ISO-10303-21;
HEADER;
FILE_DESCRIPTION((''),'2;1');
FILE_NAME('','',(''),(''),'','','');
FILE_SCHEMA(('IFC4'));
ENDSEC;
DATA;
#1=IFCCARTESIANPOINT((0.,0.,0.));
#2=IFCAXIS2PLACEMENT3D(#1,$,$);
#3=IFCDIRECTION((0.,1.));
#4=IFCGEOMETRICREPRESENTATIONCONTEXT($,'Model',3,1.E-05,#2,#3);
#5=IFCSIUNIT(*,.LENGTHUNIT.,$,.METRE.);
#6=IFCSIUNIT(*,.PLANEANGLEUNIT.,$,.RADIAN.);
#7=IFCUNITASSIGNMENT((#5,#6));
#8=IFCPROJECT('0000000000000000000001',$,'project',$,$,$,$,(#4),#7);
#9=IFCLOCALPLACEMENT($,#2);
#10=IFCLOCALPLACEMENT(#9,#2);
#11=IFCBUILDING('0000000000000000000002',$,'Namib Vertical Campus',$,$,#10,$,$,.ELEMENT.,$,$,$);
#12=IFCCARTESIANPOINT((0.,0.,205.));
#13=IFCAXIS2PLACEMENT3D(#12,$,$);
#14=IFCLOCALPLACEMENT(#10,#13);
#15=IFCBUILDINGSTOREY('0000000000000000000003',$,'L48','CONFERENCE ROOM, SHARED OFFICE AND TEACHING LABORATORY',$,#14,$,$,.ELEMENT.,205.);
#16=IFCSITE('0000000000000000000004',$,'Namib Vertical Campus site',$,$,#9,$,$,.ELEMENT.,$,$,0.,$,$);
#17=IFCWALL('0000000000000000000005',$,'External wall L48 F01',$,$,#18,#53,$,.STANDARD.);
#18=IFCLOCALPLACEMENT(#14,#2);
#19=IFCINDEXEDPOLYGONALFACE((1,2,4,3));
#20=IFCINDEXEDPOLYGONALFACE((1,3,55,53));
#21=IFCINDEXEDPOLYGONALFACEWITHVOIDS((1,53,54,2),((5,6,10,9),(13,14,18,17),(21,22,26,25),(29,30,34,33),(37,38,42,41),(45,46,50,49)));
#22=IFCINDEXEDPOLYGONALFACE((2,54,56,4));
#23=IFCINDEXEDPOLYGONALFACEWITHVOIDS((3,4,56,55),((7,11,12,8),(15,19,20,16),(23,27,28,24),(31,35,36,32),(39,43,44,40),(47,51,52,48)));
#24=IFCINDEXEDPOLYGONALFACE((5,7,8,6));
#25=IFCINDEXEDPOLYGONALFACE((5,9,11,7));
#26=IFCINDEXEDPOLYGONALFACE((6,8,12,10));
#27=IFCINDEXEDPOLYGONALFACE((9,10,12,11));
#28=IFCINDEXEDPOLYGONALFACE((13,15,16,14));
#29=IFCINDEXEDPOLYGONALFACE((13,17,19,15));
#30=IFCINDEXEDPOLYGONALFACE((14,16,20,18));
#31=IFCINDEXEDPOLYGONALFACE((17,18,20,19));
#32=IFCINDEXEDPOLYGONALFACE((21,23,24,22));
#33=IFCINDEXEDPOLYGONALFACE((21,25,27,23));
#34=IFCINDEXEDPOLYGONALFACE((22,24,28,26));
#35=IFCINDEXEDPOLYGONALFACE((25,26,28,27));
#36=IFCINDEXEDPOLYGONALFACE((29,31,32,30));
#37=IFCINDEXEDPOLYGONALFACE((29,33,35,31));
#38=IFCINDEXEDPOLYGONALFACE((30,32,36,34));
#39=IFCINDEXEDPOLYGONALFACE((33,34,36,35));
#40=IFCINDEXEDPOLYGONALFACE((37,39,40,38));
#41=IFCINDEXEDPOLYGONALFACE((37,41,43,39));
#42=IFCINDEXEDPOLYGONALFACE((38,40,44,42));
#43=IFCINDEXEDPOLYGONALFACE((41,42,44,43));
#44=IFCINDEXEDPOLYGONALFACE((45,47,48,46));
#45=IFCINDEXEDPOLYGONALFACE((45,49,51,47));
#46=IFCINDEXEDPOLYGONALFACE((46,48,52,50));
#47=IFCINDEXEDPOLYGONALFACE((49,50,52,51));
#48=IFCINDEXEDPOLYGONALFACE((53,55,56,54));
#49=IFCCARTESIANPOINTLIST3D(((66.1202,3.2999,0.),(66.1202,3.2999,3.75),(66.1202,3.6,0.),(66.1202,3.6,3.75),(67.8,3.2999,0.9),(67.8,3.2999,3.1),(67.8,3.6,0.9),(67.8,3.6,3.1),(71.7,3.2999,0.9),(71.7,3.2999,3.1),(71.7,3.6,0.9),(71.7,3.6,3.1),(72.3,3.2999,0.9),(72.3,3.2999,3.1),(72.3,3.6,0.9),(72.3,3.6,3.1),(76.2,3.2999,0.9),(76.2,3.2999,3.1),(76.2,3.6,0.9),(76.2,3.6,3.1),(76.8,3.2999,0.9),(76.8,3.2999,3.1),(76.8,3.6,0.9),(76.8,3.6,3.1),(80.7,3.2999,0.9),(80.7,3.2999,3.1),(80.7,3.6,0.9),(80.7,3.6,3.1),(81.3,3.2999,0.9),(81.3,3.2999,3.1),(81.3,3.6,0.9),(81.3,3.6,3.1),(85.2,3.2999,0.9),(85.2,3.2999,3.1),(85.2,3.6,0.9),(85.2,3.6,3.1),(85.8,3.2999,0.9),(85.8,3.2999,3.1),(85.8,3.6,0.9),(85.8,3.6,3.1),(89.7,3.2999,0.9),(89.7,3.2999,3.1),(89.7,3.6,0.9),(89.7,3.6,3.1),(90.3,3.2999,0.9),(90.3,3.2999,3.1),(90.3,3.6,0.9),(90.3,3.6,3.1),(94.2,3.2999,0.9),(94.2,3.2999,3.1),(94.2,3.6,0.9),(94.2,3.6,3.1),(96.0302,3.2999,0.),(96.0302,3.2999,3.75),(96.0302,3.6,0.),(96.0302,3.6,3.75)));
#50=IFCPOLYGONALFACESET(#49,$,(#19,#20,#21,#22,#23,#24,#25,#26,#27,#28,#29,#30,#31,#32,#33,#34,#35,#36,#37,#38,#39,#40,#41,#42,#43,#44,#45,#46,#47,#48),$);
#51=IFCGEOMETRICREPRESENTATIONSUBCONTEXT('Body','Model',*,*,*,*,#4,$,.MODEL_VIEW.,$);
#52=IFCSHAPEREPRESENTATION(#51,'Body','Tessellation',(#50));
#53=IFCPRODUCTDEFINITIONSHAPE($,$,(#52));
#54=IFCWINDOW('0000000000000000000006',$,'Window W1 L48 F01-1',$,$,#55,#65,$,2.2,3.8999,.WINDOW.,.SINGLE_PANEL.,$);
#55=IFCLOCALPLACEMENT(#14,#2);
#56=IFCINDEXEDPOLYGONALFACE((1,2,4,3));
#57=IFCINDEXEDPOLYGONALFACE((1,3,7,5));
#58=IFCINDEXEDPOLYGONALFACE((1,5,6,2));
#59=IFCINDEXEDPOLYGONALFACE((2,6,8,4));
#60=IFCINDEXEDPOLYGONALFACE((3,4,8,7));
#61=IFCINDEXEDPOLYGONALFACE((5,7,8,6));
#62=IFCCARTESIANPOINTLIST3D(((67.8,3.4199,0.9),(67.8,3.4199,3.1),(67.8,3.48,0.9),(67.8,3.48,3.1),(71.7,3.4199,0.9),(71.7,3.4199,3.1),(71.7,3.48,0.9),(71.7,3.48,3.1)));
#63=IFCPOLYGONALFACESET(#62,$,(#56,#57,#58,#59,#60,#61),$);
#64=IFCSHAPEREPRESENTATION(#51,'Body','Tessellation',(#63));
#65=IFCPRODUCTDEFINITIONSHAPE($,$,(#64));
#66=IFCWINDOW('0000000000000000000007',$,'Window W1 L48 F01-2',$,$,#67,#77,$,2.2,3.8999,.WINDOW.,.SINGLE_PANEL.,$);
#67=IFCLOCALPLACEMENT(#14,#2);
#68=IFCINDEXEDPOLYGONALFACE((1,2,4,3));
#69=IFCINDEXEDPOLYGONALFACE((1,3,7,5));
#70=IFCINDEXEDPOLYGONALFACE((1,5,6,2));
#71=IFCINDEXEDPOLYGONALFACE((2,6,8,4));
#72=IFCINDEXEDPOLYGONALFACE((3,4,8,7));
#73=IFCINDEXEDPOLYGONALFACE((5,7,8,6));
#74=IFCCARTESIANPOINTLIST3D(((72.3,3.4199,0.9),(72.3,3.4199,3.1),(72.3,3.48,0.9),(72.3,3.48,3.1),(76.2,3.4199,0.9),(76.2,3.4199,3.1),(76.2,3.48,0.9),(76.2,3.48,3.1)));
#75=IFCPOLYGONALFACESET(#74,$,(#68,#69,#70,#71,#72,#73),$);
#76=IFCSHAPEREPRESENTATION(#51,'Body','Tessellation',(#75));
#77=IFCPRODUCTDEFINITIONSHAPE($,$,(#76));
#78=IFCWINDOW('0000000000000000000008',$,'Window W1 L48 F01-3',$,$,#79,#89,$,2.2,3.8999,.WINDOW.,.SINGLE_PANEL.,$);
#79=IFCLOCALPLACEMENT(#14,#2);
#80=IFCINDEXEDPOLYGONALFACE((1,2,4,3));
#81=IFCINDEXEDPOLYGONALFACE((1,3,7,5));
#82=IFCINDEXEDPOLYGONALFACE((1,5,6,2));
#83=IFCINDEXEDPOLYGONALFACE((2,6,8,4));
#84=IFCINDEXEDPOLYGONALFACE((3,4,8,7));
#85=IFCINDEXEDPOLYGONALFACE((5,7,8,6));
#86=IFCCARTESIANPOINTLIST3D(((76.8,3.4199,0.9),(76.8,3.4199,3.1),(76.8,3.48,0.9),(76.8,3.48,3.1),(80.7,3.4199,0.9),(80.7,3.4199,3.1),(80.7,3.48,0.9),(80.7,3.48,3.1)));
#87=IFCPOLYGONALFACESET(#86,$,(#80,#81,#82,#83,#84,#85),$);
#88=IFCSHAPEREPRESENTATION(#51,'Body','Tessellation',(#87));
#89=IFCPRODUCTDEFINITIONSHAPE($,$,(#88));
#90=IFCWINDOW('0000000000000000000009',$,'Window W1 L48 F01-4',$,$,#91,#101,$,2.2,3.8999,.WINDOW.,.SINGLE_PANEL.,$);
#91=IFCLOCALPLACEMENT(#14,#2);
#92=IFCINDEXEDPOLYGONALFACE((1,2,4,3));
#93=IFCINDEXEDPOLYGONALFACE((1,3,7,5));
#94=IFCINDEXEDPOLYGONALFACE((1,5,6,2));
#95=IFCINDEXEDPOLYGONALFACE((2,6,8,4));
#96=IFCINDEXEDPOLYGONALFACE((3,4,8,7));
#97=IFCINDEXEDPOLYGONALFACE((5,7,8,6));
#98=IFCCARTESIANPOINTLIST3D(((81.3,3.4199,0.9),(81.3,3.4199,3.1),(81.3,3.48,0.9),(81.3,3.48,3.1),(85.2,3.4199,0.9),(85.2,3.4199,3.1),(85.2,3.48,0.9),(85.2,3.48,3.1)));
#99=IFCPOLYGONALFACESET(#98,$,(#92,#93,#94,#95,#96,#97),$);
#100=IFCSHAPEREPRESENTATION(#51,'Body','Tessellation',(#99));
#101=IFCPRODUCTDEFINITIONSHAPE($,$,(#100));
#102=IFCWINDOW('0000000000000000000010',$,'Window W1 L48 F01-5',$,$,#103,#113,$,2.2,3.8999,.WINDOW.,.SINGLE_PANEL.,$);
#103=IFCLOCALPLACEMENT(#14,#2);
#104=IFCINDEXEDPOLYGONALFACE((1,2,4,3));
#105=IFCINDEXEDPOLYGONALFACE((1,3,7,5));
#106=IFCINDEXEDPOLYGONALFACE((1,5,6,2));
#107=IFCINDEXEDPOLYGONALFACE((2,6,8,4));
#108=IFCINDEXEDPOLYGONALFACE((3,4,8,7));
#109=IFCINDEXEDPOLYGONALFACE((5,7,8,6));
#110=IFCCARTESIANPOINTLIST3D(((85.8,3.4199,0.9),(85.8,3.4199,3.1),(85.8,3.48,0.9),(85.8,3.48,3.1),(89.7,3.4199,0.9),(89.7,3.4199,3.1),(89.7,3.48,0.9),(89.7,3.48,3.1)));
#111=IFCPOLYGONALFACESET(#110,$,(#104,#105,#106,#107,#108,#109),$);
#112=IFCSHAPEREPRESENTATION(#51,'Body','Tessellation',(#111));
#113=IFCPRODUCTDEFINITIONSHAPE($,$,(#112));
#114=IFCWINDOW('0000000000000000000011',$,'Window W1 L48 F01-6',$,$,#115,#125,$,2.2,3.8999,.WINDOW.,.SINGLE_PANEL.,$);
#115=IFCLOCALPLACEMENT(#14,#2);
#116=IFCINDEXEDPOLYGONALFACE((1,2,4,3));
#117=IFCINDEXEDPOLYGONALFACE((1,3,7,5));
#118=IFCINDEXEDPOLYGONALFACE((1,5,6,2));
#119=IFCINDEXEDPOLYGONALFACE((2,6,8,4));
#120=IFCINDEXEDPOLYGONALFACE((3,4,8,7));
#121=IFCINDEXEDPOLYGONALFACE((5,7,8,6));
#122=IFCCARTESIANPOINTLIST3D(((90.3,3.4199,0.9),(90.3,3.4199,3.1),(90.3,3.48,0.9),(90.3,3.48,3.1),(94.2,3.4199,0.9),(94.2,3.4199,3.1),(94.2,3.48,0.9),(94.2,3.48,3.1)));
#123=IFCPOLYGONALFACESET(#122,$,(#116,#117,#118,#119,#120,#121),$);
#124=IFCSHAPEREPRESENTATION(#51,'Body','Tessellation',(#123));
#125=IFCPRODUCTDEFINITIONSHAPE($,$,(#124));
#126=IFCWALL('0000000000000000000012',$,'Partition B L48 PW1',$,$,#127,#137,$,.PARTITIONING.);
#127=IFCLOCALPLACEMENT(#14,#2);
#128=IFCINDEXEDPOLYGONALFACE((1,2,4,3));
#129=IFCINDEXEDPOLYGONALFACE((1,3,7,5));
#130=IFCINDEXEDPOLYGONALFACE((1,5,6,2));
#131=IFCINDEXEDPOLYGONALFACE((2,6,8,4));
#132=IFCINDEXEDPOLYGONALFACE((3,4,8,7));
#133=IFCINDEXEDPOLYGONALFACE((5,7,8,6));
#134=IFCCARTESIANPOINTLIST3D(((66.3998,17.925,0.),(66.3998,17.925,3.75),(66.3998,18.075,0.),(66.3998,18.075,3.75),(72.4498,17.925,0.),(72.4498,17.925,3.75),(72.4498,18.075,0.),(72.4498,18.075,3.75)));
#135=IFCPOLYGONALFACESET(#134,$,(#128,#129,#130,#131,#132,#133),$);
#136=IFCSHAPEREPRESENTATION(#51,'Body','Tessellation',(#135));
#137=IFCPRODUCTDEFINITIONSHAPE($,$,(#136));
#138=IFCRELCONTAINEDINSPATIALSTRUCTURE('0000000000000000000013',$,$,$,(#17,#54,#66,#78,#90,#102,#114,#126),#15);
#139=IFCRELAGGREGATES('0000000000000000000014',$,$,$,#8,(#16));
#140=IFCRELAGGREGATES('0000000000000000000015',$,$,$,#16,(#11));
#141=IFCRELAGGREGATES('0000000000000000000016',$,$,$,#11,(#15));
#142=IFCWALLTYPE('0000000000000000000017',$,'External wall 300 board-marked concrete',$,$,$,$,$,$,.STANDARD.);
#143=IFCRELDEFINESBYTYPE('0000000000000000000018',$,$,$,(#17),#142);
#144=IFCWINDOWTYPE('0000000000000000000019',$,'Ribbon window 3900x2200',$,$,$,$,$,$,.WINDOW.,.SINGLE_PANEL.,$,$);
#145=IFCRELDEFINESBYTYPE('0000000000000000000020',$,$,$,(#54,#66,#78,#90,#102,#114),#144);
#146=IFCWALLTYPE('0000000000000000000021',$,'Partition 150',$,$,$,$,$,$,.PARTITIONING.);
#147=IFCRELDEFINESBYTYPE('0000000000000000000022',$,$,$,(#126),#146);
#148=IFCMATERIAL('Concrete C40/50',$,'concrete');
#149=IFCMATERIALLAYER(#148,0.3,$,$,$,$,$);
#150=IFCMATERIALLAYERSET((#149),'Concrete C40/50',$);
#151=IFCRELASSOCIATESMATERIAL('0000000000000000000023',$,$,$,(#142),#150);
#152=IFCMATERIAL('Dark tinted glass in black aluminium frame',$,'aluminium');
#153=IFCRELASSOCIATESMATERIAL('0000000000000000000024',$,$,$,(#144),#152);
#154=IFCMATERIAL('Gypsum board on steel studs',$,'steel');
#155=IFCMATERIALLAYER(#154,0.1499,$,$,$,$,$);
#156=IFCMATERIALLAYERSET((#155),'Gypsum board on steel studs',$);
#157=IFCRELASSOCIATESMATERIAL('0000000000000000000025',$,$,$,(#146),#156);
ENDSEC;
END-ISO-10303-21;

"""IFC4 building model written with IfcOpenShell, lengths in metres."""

from ifc_helpers import new_model, si_unit, direction, frame, frame_2d, origin, place, context, subcontext, project, spatial, rectangle, extrude, material, layer, layer_set, type_object, element, fill, save


model = new_model("IFC4")

# Units and contexts
model_context = context("Model", 3, precision=1e-05, world=origin(), true_north=direction((0.0, 1.0)))
body_context = subcontext(model_context, "Body", "Model", "MODEL_VIEW")
ifc_project = project(units=[si_unit("LENGTHUNIT", "METRE"), si_unit("PLANEANGLEUNIT", "RADIAN")], contexts=[model_context])

# Site, building, storey
site_placement = place(None, origin())
site = spatial("IfcSite", under=ifc_project, at=site_placement, Name="Namib Vertical Campus site", CompositionType="ELEMENT", RefElevation=0.0)
building_placement = place(site_placement, origin())
building = spatial("IfcBuilding", under=site, at=building_placement, Name="Namib Vertical Campus", CompositionType="ELEMENT")
storey_placement = place(building_placement, frame((0.0, 0.0, 205.0)))
storey = spatial("IfcBuildingStorey", under=building, at=storey_placement, Name="L48", Description="CONFERENCE ROOM, SHARED OFFICE AND TEACHING LABORATORY", CompositionType="ELEMENT", Elevation=205.0)

# Wall, openings, windows
ifc_material_1 = material(Name="Concrete C40/50", Category="concrete")
ifc_layer_1 = layer(ifc_material_1, 0.3)
ifc_layer_set_1 = layer_set([ifc_layer_1], Name="Concrete C40/50")
wall_type_1 = type_object("IfcWallType", Name="External wall 300 board-marked concrete", PredefinedType="STANDARD", material=ifc_layer_set_1)
ifc_material_2 = material(Name="Dark tinted glass in black aluminium frame", Category="aluminium")
window_type = type_object("IfcWindowType", Name="Ribbon window 3900x2200", PartitioningType="SINGLE_PANEL", PredefinedType="WINDOW", material=ifc_material_2)
wall_1_placement = place(storey_placement, frame((66.1201, 3.45, 0.0), z_axis=(0.0, 0.0, 1.0), x_axis=(1.0, 0.0, 0.0)))
wall_1 = element("IfcWall", 1, at=wall_1_placement, inside=storey, type_object=wall_type_1, Name="External wall L48 F01", PredefinedType="STANDARD", context=body_context, shape_type="SweptSolid", body=[
    extrude(rectangle(XDim=29.9099, YDim=0.3, at=frame_2d((14.9551, 0.0))), origin(), (0.0, 0.0, 1.0), 3.75),
])
opening_1_placement = place(wall_1_placement, frame((1.6799, 0.0, 0.8999)))
opening_1 = element("IfcOpeningElement", 2, at=opening_1_placement, cuts=wall_1, PredefinedType="OPENING", context=body_context, shape_type="SweptSolid", body=[
    extrude(rectangle(XDim=3.8999, YDim=2.2, at=frame_2d((1.95, 1.1001))), frame((0.0, 0.1599, 0.0), z_axis=(0.0, -1.0, 0.0), x_axis=(1.0, 0.0, 0.0)), (0.0, 0.0, 1.0), 0.3201),
])
opening_2_placement = place(wall_1_placement, frame((6.1799, 0.0, 0.8999)))
opening_2 = element("IfcOpeningElement", 3, at=opening_2_placement, cuts=wall_1, PredefinedType="OPENING", context=body_context, shape_type="SweptSolid", body=[
    extrude(rectangle(XDim=3.8999, YDim=2.2, at=frame_2d((1.95, 1.1001))), frame((0.0, 0.1599, 0.0), z_axis=(0.0, -1.0, 0.0), x_axis=(1.0, 0.0, 0.0)), (0.0, 0.0, 1.0), 0.3201),
])
opening_3_placement = place(wall_1_placement, frame((10.6799, 0.0, 0.8999)))
opening_3 = element("IfcOpeningElement", 4, at=opening_3_placement, cuts=wall_1, PredefinedType="OPENING", context=body_context, shape_type="SweptSolid", body=[
    extrude(rectangle(XDim=3.8999, YDim=2.2, at=frame_2d((1.95, 1.1001))), frame((0.0, 0.1599, 0.0), z_axis=(0.0, -1.0, 0.0), x_axis=(1.0, 0.0, 0.0)), (0.0, 0.0, 1.0), 0.3201),
])
opening_4_placement = place(wall_1_placement, frame((15.1799, 0.0, 0.8999)))
opening_4 = element("IfcOpeningElement", 5, at=opening_4_placement, cuts=wall_1, PredefinedType="OPENING", context=body_context, shape_type="SweptSolid", body=[
    extrude(rectangle(XDim=3.8999, YDim=2.2, at=frame_2d((1.95, 1.1001))), frame((0.0, 0.1599, 0.0), z_axis=(0.0, -1.0, 0.0), x_axis=(1.0, 0.0, 0.0)), (0.0, 0.0, 1.0), 0.3201),
])
opening_5_placement = place(wall_1_placement, frame((19.6799, 0.0, 0.8999)))
opening_5 = element("IfcOpeningElement", 6, at=opening_5_placement, cuts=wall_1, PredefinedType="OPENING", context=body_context, shape_type="SweptSolid", body=[
    extrude(rectangle(XDim=3.8999, YDim=2.2, at=frame_2d((1.95, 1.1001))), frame((0.0, 0.1599, 0.0), z_axis=(0.0, -1.0, 0.0), x_axis=(1.0, 0.0, 0.0)), (0.0, 0.0, 1.0), 0.3201),
])
opening_6_placement = place(wall_1_placement, frame((24.1799, 0.0, 0.8999)))
opening_6 = element("IfcOpeningElement", 7, at=opening_6_placement, cuts=wall_1, PredefinedType="OPENING", context=body_context, shape_type="SweptSolid", body=[
    extrude(rectangle(XDim=3.8999, YDim=2.2, at=frame_2d((1.95, 1.1001))), frame((0.0, 0.1599, 0.0), z_axis=(0.0, -1.0, 0.0), x_axis=(1.0, 0.0, 0.0)), (0.0, 0.0, 1.0), 0.3201),
])
window_1_placement = place(opening_1_placement, origin())
window_1 = element("IfcWindow", 8, at=window_1_placement, inside=storey, type_object=window_type, Name="Window W1 L48 F01-1", OverallHeight=2.2, OverallWidth=3.8999, PartitioningType="SINGLE_PANEL", PredefinedType="WINDOW", context=body_context, shape_type="SweptSolid", body=[
    extrude(rectangle(XDim=3.8999, YDim=2.2, at=frame_2d((1.95, 1.1001))), frame((0.0, 0.03, 0.0), z_axis=(0.0, -1.0, 0.0), x_axis=(1.0, 0.0, 0.0)), (0.0, 0.0, 1.0), 0.0601),
])
fill(opening_1, window_1)
window_2_placement = place(opening_2_placement, origin())
window_2 = element("IfcWindow", 9, at=window_2_placement, inside=storey, type_object=window_type, Name="Window W1 L48 F01-2", OverallHeight=2.2, OverallWidth=3.8999, PartitioningType="SINGLE_PANEL", PredefinedType="WINDOW", context=body_context, shape_type="SweptSolid", body=[
    extrude(rectangle(XDim=3.8999, YDim=2.2, at=frame_2d((1.95, 1.1001))), frame((0.0, 0.03, 0.0), z_axis=(0.0, -1.0, 0.0), x_axis=(1.0, 0.0, 0.0)), (0.0, 0.0, 1.0), 0.0601),
])
fill(opening_2, window_2)
window_3_placement = place(opening_3_placement, origin())
window_3 = element("IfcWindow", 10, at=window_3_placement, inside=storey, type_object=window_type, Name="Window W1 L48 F01-3", OverallHeight=2.2, OverallWidth=3.8999, PartitioningType="SINGLE_PANEL", PredefinedType="WINDOW", context=body_context, shape_type="SweptSolid", body=[
    extrude(rectangle(XDim=3.8999, YDim=2.2, at=frame_2d((1.95, 1.1001))), frame((0.0, 0.03, 0.0), z_axis=(0.0, -1.0, 0.0), x_axis=(1.0, 0.0, 0.0)), (0.0, 0.0, 1.0), 0.0601),
])
fill(opening_3, window_3)
window_4_placement = place(opening_4_placement, origin())
window_4 = element("IfcWindow", 11, at=window_4_placement, inside=storey, type_object=window_type, Name="Window W1 L48 F01-4", OverallHeight=2.2, OverallWidth=3.8999, PartitioningType="SINGLE_PANEL", PredefinedType="WINDOW", context=body_context, shape_type="SweptSolid", body=[
    extrude(rectangle(XDim=3.8999, YDim=2.2, at=frame_2d((1.95, 1.1001))), frame((0.0, 0.03, 0.0), z_axis=(0.0, -1.0, 0.0), x_axis=(1.0, 0.0, 0.0)), (0.0, 0.0, 1.0), 0.0601),
])
fill(opening_4, window_4)
window_5_placement = place(opening_5_placement, origin())
window_5 = element("IfcWindow", 12, at=window_5_placement, inside=storey, type_object=window_type, Name="Window W1 L48 F01-5", OverallHeight=2.2, OverallWidth=3.8999, PartitioningType="SINGLE_PANEL", PredefinedType="WINDOW", context=body_context, shape_type="SweptSolid", body=[
    extrude(rectangle(XDim=3.8999, YDim=2.2, at=frame_2d((1.95, 1.1001))), frame((0.0, 0.03, 0.0), z_axis=(0.0, -1.0, 0.0), x_axis=(1.0, 0.0, 0.0)), (0.0, 0.0, 1.0), 0.0601),
])
fill(opening_5, window_5)
window_6_placement = place(opening_6_placement, origin())
window_6 = element("IfcWindow", 13, at=window_6_placement, inside=storey, type_object=window_type, Name="Window W1 L48 F01-6", OverallHeight=2.2, OverallWidth=3.8999, PartitioningType="SINGLE_PANEL", PredefinedType="WINDOW", context=body_context, shape_type="SweptSolid", body=[
    extrude(rectangle(XDim=3.8999, YDim=2.2, at=frame_2d((1.95, 1.1001))), frame((0.0, 0.03, 0.0), z_axis=(0.0, -1.0, 0.0), x_axis=(1.0, 0.0, 0.0)), (0.0, 0.0, 1.0), 0.0601),
])
fill(opening_6, window_6)

# Wall
ifc_material_3 = material(Name="Gypsum board on steel studs", Category="steel")
ifc_layer_2 = layer(ifc_material_3, 0.1499)
ifc_layer_set_2 = layer_set([ifc_layer_2], Name="Gypsum board on steel studs")
wall_type_2 = type_object("IfcWallType", Name="Partition 150", PredefinedType="PARTITIONING", material=ifc_layer_set_2)
wall_2_placement = place(storey_placement, frame((66.3999, 18.0, 0.0), z_axis=(0.0, 0.0, 1.0), x_axis=(1.0, 0.0, 0.0)))
element("IfcWall", 14, at=wall_2_placement, inside=storey, type_object=wall_type_2, Name="Partition B L48 PW1", PredefinedType="PARTITIONING", context=body_context, shape_type="SweptSolid", body=[
    extrude(rectangle(XDim=6.05, YDim=0.1499, at=frame_2d((3.0249, 0.0))), origin(), (0.0, 0.0, 1.0), 3.75),
])

save(model, "model.ifc")
